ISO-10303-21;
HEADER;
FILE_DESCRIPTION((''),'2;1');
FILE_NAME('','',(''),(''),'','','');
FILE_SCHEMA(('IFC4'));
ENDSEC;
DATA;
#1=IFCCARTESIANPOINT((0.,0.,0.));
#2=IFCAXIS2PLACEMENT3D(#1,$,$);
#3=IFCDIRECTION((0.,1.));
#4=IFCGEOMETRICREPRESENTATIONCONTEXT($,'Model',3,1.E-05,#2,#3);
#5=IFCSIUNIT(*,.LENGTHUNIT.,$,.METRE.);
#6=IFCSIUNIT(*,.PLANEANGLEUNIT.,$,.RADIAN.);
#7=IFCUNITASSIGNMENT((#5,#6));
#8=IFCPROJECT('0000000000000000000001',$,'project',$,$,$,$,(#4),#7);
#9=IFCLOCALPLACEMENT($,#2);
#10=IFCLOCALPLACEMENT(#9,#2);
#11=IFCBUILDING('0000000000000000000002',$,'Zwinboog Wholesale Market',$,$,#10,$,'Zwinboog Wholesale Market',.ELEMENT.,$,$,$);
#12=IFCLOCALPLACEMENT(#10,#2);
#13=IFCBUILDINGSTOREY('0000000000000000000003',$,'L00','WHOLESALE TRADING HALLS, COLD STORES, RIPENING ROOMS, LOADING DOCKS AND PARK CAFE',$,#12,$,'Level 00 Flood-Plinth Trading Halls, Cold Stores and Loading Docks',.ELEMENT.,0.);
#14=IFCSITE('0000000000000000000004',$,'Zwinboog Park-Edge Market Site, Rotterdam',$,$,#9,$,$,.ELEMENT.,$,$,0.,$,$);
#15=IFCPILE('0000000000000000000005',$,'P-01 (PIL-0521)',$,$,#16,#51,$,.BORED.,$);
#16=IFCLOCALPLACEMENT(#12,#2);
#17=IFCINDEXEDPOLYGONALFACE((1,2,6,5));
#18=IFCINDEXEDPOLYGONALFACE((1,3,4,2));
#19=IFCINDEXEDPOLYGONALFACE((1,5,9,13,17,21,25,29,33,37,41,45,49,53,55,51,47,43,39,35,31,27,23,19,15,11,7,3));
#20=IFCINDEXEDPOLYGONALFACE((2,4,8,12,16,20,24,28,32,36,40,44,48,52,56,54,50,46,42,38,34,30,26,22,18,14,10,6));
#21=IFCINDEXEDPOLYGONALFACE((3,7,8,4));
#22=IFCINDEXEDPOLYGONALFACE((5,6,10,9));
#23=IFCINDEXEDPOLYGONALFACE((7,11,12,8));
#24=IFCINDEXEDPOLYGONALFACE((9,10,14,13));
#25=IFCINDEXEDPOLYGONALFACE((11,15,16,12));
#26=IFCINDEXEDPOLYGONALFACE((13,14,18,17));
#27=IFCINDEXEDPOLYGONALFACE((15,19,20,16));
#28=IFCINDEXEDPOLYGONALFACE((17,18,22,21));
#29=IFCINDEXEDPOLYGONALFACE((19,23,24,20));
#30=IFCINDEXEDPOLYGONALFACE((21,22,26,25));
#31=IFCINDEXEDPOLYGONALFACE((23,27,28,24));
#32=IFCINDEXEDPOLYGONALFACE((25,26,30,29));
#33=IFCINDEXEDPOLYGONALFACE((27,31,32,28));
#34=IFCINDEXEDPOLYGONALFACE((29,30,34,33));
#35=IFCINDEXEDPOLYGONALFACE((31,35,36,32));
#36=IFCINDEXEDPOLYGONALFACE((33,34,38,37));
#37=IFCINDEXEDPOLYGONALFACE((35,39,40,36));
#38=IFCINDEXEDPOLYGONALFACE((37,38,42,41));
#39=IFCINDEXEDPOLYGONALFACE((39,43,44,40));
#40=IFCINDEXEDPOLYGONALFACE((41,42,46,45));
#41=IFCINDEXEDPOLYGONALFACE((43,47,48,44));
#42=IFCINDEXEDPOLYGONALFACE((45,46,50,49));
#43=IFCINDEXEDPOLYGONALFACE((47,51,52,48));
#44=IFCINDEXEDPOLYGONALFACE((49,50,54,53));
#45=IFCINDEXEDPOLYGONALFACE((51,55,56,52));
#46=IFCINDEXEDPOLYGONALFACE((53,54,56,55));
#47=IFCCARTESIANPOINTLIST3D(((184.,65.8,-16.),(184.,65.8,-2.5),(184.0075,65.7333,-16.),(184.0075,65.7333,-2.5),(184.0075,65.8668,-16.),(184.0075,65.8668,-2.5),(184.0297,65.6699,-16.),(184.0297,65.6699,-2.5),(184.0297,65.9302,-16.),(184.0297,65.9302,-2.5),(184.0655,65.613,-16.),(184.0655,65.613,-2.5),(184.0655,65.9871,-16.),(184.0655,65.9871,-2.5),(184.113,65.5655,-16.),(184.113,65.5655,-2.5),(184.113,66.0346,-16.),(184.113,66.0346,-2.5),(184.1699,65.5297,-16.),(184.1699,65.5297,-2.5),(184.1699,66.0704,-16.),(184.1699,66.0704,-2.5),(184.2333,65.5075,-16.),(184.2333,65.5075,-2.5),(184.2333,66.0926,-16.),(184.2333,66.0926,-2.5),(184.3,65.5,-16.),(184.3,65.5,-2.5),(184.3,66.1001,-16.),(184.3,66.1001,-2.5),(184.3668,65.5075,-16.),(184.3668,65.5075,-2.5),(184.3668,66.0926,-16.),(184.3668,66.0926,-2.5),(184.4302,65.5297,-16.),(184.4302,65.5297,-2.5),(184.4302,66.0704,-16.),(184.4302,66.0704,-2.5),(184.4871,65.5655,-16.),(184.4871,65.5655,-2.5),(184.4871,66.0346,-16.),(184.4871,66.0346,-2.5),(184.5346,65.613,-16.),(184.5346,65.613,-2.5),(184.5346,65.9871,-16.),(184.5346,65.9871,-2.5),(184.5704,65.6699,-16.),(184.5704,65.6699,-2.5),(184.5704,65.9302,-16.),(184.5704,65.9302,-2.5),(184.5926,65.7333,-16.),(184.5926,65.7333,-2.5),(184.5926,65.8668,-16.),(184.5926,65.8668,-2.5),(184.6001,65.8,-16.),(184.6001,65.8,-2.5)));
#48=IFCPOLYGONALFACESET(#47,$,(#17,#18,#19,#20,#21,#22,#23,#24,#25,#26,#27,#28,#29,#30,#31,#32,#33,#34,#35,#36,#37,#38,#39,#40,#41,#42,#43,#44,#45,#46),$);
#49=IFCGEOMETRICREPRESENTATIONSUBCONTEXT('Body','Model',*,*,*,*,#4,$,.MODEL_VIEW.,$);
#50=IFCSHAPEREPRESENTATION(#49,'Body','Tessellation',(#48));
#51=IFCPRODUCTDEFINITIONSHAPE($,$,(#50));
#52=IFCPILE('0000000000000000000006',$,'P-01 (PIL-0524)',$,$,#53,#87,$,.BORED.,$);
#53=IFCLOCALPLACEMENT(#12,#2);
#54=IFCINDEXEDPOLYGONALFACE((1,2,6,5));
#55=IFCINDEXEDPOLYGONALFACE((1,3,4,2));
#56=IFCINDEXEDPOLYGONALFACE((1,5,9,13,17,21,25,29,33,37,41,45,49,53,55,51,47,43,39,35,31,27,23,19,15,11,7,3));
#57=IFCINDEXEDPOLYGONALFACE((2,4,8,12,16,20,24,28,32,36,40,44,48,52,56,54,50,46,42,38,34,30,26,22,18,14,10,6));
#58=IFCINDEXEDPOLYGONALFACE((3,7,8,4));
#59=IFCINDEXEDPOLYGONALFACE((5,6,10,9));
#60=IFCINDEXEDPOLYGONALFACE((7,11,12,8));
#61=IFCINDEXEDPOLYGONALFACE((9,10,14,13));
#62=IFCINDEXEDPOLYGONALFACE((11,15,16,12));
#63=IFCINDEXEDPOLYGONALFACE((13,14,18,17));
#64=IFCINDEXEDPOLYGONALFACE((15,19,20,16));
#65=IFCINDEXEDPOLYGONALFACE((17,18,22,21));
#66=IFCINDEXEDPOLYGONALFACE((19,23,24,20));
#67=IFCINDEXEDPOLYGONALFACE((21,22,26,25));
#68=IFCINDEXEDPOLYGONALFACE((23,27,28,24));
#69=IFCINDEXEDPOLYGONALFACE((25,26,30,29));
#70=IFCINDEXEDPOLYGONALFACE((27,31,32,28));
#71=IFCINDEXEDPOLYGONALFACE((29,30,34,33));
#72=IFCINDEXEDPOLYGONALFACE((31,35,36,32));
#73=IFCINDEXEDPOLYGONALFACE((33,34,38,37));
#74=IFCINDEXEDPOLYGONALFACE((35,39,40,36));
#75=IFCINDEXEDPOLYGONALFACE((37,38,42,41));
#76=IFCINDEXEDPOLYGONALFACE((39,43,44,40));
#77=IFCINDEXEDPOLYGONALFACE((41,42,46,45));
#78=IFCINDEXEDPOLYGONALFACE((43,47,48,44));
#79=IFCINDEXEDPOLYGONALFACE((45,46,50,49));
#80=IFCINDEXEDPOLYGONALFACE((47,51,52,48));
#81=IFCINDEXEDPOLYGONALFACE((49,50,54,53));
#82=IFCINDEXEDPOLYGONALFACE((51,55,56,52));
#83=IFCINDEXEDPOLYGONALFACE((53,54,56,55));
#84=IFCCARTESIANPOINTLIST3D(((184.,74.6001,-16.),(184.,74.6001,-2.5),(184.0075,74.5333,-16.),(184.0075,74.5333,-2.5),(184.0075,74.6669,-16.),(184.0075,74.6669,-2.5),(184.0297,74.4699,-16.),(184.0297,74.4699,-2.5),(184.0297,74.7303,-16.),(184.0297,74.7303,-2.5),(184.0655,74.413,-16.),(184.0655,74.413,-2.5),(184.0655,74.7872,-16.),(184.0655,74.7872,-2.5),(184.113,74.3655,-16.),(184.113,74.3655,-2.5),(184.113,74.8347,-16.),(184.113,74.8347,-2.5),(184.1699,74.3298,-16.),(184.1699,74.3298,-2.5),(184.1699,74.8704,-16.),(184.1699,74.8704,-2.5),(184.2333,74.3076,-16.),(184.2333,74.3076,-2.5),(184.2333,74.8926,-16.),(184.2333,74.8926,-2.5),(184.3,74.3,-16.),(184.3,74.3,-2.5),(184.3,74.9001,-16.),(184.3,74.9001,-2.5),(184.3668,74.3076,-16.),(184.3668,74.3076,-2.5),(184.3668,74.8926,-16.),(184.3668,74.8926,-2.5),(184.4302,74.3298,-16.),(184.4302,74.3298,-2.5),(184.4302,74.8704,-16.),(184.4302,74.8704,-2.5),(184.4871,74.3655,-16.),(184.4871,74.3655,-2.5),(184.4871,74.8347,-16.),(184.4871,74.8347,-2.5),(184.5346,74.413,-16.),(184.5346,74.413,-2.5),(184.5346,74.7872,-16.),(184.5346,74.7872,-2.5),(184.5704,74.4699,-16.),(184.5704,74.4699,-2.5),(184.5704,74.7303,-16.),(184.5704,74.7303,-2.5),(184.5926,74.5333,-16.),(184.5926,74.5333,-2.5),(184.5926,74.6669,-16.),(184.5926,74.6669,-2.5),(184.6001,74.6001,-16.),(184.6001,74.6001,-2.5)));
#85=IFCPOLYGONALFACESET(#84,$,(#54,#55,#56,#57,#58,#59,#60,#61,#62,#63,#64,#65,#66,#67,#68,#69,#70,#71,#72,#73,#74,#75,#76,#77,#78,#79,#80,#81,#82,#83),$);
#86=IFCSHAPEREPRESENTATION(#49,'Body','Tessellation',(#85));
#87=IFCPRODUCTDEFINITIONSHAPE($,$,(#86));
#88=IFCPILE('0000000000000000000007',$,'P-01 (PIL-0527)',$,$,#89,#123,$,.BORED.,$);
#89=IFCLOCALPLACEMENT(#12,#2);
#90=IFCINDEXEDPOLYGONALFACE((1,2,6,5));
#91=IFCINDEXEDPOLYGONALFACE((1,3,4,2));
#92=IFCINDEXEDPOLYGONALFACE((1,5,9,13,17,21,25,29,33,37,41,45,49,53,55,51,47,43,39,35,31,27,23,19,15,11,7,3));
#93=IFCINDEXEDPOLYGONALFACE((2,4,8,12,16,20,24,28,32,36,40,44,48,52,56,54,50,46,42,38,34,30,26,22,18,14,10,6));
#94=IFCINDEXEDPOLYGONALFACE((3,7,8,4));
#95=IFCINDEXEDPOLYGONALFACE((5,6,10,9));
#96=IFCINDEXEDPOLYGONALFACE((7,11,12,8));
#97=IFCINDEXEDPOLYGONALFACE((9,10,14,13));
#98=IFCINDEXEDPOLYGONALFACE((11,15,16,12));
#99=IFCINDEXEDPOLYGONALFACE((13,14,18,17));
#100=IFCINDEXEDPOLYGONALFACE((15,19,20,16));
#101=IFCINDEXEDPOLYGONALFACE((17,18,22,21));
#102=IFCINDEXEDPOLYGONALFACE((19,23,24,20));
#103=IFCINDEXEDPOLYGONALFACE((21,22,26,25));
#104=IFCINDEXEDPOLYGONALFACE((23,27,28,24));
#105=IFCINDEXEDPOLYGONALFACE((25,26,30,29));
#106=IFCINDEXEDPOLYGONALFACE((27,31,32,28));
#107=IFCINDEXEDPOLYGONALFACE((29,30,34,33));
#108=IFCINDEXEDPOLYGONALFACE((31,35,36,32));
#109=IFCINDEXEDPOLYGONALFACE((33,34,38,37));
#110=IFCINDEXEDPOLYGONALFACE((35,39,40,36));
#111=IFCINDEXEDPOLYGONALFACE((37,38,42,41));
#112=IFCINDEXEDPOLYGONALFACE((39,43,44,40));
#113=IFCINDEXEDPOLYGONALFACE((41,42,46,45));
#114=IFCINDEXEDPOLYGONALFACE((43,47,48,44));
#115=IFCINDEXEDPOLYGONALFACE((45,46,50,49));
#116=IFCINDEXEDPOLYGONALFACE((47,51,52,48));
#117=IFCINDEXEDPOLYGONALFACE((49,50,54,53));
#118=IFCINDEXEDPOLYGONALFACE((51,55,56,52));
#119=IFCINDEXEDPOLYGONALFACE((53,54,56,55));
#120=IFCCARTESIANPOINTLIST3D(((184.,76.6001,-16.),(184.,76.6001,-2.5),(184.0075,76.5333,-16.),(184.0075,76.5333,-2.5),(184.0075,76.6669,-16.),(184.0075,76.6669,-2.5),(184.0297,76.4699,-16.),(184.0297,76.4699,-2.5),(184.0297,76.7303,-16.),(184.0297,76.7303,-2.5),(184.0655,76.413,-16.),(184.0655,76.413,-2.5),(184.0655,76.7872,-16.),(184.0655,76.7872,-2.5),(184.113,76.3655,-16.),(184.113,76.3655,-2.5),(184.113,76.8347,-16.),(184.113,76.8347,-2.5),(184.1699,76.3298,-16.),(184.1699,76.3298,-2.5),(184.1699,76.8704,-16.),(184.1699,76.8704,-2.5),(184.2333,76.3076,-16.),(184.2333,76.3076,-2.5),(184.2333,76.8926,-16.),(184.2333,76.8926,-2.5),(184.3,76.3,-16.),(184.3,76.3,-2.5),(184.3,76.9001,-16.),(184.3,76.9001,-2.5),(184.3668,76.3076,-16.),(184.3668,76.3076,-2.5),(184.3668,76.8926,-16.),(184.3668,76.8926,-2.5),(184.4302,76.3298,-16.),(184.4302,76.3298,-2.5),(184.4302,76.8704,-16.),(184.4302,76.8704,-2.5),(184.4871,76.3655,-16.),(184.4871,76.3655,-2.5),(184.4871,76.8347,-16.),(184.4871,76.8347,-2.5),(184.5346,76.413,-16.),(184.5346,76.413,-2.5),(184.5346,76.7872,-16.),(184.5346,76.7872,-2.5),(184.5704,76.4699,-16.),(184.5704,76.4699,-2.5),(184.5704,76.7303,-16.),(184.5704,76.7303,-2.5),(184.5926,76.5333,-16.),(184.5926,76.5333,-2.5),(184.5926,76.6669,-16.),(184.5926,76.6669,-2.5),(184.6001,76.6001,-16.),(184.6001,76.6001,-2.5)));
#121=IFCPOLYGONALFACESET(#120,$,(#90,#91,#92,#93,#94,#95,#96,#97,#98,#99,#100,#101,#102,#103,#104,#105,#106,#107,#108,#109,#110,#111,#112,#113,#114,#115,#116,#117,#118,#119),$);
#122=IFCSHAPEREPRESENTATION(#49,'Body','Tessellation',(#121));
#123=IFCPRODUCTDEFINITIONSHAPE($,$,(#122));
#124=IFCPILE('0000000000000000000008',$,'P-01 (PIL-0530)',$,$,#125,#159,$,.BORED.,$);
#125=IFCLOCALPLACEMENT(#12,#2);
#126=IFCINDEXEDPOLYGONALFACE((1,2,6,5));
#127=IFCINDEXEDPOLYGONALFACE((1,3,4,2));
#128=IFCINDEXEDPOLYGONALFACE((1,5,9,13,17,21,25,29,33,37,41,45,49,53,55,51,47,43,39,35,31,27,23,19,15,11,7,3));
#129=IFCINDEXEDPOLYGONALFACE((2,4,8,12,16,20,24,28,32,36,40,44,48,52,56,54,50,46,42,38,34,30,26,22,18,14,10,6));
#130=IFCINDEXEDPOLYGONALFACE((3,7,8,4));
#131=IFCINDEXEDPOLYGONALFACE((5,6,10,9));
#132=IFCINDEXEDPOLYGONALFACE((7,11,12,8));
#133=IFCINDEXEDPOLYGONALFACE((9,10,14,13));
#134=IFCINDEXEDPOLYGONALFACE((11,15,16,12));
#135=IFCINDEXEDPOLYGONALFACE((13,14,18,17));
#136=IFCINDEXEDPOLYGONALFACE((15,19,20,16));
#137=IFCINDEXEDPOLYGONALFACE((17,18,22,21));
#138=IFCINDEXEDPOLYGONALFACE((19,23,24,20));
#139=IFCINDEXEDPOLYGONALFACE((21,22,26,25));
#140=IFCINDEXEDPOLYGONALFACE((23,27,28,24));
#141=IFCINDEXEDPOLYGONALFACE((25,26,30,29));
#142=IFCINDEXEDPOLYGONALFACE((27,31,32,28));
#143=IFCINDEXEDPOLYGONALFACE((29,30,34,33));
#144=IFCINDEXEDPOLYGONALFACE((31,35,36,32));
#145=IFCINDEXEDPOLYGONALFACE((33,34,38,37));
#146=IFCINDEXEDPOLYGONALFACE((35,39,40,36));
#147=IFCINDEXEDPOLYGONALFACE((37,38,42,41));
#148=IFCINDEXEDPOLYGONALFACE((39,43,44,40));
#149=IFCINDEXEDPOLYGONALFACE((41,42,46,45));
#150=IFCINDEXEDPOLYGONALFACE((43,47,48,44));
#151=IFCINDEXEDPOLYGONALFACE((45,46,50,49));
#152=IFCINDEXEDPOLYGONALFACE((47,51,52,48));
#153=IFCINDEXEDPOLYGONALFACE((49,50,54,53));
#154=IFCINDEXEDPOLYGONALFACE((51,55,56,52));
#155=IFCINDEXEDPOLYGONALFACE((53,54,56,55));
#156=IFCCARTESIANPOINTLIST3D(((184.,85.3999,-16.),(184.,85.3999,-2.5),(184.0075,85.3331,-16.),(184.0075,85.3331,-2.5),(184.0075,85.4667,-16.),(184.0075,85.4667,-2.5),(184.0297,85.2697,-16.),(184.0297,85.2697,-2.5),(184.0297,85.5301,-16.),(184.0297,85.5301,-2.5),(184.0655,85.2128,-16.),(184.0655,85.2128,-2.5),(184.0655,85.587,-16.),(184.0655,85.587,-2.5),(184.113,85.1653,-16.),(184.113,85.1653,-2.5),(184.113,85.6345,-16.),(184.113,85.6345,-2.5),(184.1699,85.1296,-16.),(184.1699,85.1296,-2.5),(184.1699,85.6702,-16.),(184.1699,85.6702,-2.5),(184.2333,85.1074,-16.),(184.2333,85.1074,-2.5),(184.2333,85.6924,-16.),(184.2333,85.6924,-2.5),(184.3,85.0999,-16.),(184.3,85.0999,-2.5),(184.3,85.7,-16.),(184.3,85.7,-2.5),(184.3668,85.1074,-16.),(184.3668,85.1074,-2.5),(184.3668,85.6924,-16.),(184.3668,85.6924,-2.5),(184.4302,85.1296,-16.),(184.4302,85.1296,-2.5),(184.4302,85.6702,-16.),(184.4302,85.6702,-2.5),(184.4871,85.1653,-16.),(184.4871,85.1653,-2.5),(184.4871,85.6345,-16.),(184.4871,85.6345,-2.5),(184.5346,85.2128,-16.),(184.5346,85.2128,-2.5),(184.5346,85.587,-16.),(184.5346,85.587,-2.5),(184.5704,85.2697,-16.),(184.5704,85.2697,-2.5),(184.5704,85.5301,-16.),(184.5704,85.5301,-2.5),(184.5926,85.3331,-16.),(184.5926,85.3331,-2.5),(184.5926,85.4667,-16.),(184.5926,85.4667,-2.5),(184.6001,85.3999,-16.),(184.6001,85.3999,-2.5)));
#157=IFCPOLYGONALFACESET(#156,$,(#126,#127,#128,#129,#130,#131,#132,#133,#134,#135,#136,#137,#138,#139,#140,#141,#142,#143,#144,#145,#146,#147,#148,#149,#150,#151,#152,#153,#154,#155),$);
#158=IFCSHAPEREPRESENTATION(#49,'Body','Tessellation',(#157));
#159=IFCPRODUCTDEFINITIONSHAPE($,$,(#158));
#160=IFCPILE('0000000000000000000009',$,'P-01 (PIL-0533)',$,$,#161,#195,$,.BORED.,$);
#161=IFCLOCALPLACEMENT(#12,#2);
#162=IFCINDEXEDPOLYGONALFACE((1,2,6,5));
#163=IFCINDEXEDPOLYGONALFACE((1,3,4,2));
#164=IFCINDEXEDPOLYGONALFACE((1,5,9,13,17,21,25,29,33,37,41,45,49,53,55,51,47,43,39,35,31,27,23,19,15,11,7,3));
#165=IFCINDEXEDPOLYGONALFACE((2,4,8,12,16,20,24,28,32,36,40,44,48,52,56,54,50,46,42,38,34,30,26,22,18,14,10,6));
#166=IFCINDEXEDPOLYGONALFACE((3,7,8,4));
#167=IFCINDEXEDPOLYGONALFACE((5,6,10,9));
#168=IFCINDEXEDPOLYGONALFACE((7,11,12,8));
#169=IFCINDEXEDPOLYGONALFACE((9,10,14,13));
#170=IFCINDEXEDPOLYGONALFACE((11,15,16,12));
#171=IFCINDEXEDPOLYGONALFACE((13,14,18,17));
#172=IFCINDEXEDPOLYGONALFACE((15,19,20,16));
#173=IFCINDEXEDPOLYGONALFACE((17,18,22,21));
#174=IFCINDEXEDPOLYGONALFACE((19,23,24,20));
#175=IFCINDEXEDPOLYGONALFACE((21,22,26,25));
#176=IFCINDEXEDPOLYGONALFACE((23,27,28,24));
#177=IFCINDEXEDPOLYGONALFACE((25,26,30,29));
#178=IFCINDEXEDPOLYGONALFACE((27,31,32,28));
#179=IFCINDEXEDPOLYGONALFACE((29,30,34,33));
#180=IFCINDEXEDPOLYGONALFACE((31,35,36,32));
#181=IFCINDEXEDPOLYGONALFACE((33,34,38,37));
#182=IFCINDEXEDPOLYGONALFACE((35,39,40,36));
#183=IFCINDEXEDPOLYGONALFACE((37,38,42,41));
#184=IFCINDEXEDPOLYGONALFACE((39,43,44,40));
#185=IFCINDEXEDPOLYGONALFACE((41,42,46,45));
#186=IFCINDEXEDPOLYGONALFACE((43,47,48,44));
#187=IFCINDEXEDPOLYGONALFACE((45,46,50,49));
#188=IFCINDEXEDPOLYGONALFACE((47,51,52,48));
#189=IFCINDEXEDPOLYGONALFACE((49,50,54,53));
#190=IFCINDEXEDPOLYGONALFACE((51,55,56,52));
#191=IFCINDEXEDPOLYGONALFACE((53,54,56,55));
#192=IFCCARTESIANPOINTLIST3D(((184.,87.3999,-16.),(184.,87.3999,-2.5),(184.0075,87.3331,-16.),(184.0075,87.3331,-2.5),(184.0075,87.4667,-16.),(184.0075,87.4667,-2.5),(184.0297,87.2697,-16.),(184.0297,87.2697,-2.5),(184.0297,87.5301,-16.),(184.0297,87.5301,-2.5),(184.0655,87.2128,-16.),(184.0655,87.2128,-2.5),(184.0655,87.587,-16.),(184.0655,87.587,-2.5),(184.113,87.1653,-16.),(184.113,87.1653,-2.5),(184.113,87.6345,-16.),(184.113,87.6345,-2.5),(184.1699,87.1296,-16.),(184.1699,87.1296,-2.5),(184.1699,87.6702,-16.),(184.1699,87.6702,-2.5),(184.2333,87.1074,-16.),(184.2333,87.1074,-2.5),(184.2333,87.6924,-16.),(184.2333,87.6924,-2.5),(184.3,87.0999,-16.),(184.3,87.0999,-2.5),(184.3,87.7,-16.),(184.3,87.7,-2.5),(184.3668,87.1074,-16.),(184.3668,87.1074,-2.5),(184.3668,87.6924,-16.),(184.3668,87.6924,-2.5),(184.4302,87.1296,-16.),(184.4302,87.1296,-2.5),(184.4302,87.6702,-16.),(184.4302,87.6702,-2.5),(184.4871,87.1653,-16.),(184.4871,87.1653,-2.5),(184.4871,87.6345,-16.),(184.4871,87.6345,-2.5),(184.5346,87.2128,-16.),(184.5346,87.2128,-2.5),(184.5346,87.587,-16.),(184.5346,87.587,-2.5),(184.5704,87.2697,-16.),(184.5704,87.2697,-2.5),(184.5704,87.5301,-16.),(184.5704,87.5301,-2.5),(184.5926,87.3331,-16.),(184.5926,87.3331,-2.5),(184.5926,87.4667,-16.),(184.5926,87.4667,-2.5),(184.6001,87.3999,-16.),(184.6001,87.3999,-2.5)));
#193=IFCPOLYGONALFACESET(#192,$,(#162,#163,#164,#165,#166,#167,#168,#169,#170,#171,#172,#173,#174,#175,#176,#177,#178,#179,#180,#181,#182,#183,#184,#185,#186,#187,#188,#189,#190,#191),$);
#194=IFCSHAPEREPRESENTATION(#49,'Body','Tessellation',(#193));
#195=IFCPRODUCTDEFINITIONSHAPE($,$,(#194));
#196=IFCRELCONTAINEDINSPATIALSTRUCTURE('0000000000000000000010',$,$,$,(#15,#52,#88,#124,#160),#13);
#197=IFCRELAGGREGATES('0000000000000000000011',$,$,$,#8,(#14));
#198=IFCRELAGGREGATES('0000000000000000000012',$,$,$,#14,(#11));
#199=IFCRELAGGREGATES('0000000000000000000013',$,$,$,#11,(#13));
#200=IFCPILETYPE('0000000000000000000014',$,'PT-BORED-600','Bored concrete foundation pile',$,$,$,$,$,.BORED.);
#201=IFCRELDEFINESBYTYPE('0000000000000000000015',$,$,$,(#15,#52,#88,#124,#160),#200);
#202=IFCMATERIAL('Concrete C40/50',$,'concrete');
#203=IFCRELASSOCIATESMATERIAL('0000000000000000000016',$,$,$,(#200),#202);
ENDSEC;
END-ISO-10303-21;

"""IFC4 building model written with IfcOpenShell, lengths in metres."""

from ifc_helpers import new_model, si_unit, direction, frame, origin, origin_2d, place, context, subcontext, project, spatial, circle, extrude, material, material_profile, profile_set, type_object, element, save


model = new_model("IFC4")

# Units and contexts
model_context = context("Model", 3, precision=1e-05, world=origin(), true_north=direction((0.0, 1.0)))
body_context = subcontext(model_context, "Body", "Model", "MODEL_VIEW")
ifc_project = project(units=[si_unit("LENGTHUNIT", "METRE"), si_unit("PLANEANGLEUNIT", "RADIAN")], contexts=[model_context])

# Site, building, storey
site_placement = place(None, origin())
site = spatial("IfcSite", under=ifc_project, at=site_placement, Name="Zwinboog Park-Edge Market Site, Rotterdam", CompositionType="ELEMENT", RefElevation=0.0)
building_placement = place(site_placement, origin())
building = spatial("IfcBuilding", under=site, at=building_placement, Name="Zwinboog Wholesale Market", LongName="Zwinboog Wholesale Market", CompositionType="ELEMENT")
storey_placement = place(building_placement, origin())
storey = spatial("IfcBuildingStorey", under=building, at=storey_placement, Name="L00", Description="WHOLESALE TRADING HALLS, COLD STORES, RIPENING ROOMS, LOADING DOCKS AND PARK CAFE", LongName="Level 00 Flood-Plinth Trading Halls, Cold Stores and Loading Docks", CompositionType="ELEMENT", Elevation=0.0)

# Piles
ifc_material_1 = material(Name="Concrete C40/50", Category="concrete")
ifc_material_profile_1 = material_profile(ifc_material_1, circle(Radius=0.3, at=origin_2d()), Name="PILE D600")
ifc_profile_set_1 = profile_set([ifc_material_profile_1], Name="Concrete C40/50")
pile_type_1 = type_object("IfcPileType", Name="PT-BORED-600", Description="Bored concrete foundation pile", PredefinedType="BORED", material=ifc_profile_set_1)
for number, where, z_axis, x_axis, name in (
    (1, (184.3, 65.8, -2.5), (0.0, 0.0, -1.0), (1.0, 0.0, 0.0), "P-01 (PIL-0521)"),
    (2, (184.3, 74.6001, -2.5), (0.0, 0.0, -1.0), (1.0, 0.0, 0.0), "P-01 (PIL-0524)"),
    (3, (184.3, 76.6001, -2.5), (0.0, 0.0, -1.0), (1.0, 0.0, 0.0), "P-01 (PIL-0527)"),
    (4, (184.3, 85.3999, -2.5), (0.0, 0.0, -1.0), (1.0, 0.0, 0.0), "P-01 (PIL-0530)"),
    (5, (184.3, 87.3999, -2.5), (0.0, 0.0, -1.0), (1.0, 0.0, 0.0), "P-01 (PIL-0533)"),
):
    element("IfcPile", number, at=place(storey_placement, frame(where, z_axis=z_axis, x_axis=x_axis)), inside=storey, type_object=pile_type_1, Name=name, PredefinedType="BORED", context=body_context, shape_type="SweptSolid", body=[
        extrude(circle(Radius=0.3, at=origin_2d()), origin(), (0.0, 0.0, 1.0), 13.5),
    ])

save(model, "model.ifc")
